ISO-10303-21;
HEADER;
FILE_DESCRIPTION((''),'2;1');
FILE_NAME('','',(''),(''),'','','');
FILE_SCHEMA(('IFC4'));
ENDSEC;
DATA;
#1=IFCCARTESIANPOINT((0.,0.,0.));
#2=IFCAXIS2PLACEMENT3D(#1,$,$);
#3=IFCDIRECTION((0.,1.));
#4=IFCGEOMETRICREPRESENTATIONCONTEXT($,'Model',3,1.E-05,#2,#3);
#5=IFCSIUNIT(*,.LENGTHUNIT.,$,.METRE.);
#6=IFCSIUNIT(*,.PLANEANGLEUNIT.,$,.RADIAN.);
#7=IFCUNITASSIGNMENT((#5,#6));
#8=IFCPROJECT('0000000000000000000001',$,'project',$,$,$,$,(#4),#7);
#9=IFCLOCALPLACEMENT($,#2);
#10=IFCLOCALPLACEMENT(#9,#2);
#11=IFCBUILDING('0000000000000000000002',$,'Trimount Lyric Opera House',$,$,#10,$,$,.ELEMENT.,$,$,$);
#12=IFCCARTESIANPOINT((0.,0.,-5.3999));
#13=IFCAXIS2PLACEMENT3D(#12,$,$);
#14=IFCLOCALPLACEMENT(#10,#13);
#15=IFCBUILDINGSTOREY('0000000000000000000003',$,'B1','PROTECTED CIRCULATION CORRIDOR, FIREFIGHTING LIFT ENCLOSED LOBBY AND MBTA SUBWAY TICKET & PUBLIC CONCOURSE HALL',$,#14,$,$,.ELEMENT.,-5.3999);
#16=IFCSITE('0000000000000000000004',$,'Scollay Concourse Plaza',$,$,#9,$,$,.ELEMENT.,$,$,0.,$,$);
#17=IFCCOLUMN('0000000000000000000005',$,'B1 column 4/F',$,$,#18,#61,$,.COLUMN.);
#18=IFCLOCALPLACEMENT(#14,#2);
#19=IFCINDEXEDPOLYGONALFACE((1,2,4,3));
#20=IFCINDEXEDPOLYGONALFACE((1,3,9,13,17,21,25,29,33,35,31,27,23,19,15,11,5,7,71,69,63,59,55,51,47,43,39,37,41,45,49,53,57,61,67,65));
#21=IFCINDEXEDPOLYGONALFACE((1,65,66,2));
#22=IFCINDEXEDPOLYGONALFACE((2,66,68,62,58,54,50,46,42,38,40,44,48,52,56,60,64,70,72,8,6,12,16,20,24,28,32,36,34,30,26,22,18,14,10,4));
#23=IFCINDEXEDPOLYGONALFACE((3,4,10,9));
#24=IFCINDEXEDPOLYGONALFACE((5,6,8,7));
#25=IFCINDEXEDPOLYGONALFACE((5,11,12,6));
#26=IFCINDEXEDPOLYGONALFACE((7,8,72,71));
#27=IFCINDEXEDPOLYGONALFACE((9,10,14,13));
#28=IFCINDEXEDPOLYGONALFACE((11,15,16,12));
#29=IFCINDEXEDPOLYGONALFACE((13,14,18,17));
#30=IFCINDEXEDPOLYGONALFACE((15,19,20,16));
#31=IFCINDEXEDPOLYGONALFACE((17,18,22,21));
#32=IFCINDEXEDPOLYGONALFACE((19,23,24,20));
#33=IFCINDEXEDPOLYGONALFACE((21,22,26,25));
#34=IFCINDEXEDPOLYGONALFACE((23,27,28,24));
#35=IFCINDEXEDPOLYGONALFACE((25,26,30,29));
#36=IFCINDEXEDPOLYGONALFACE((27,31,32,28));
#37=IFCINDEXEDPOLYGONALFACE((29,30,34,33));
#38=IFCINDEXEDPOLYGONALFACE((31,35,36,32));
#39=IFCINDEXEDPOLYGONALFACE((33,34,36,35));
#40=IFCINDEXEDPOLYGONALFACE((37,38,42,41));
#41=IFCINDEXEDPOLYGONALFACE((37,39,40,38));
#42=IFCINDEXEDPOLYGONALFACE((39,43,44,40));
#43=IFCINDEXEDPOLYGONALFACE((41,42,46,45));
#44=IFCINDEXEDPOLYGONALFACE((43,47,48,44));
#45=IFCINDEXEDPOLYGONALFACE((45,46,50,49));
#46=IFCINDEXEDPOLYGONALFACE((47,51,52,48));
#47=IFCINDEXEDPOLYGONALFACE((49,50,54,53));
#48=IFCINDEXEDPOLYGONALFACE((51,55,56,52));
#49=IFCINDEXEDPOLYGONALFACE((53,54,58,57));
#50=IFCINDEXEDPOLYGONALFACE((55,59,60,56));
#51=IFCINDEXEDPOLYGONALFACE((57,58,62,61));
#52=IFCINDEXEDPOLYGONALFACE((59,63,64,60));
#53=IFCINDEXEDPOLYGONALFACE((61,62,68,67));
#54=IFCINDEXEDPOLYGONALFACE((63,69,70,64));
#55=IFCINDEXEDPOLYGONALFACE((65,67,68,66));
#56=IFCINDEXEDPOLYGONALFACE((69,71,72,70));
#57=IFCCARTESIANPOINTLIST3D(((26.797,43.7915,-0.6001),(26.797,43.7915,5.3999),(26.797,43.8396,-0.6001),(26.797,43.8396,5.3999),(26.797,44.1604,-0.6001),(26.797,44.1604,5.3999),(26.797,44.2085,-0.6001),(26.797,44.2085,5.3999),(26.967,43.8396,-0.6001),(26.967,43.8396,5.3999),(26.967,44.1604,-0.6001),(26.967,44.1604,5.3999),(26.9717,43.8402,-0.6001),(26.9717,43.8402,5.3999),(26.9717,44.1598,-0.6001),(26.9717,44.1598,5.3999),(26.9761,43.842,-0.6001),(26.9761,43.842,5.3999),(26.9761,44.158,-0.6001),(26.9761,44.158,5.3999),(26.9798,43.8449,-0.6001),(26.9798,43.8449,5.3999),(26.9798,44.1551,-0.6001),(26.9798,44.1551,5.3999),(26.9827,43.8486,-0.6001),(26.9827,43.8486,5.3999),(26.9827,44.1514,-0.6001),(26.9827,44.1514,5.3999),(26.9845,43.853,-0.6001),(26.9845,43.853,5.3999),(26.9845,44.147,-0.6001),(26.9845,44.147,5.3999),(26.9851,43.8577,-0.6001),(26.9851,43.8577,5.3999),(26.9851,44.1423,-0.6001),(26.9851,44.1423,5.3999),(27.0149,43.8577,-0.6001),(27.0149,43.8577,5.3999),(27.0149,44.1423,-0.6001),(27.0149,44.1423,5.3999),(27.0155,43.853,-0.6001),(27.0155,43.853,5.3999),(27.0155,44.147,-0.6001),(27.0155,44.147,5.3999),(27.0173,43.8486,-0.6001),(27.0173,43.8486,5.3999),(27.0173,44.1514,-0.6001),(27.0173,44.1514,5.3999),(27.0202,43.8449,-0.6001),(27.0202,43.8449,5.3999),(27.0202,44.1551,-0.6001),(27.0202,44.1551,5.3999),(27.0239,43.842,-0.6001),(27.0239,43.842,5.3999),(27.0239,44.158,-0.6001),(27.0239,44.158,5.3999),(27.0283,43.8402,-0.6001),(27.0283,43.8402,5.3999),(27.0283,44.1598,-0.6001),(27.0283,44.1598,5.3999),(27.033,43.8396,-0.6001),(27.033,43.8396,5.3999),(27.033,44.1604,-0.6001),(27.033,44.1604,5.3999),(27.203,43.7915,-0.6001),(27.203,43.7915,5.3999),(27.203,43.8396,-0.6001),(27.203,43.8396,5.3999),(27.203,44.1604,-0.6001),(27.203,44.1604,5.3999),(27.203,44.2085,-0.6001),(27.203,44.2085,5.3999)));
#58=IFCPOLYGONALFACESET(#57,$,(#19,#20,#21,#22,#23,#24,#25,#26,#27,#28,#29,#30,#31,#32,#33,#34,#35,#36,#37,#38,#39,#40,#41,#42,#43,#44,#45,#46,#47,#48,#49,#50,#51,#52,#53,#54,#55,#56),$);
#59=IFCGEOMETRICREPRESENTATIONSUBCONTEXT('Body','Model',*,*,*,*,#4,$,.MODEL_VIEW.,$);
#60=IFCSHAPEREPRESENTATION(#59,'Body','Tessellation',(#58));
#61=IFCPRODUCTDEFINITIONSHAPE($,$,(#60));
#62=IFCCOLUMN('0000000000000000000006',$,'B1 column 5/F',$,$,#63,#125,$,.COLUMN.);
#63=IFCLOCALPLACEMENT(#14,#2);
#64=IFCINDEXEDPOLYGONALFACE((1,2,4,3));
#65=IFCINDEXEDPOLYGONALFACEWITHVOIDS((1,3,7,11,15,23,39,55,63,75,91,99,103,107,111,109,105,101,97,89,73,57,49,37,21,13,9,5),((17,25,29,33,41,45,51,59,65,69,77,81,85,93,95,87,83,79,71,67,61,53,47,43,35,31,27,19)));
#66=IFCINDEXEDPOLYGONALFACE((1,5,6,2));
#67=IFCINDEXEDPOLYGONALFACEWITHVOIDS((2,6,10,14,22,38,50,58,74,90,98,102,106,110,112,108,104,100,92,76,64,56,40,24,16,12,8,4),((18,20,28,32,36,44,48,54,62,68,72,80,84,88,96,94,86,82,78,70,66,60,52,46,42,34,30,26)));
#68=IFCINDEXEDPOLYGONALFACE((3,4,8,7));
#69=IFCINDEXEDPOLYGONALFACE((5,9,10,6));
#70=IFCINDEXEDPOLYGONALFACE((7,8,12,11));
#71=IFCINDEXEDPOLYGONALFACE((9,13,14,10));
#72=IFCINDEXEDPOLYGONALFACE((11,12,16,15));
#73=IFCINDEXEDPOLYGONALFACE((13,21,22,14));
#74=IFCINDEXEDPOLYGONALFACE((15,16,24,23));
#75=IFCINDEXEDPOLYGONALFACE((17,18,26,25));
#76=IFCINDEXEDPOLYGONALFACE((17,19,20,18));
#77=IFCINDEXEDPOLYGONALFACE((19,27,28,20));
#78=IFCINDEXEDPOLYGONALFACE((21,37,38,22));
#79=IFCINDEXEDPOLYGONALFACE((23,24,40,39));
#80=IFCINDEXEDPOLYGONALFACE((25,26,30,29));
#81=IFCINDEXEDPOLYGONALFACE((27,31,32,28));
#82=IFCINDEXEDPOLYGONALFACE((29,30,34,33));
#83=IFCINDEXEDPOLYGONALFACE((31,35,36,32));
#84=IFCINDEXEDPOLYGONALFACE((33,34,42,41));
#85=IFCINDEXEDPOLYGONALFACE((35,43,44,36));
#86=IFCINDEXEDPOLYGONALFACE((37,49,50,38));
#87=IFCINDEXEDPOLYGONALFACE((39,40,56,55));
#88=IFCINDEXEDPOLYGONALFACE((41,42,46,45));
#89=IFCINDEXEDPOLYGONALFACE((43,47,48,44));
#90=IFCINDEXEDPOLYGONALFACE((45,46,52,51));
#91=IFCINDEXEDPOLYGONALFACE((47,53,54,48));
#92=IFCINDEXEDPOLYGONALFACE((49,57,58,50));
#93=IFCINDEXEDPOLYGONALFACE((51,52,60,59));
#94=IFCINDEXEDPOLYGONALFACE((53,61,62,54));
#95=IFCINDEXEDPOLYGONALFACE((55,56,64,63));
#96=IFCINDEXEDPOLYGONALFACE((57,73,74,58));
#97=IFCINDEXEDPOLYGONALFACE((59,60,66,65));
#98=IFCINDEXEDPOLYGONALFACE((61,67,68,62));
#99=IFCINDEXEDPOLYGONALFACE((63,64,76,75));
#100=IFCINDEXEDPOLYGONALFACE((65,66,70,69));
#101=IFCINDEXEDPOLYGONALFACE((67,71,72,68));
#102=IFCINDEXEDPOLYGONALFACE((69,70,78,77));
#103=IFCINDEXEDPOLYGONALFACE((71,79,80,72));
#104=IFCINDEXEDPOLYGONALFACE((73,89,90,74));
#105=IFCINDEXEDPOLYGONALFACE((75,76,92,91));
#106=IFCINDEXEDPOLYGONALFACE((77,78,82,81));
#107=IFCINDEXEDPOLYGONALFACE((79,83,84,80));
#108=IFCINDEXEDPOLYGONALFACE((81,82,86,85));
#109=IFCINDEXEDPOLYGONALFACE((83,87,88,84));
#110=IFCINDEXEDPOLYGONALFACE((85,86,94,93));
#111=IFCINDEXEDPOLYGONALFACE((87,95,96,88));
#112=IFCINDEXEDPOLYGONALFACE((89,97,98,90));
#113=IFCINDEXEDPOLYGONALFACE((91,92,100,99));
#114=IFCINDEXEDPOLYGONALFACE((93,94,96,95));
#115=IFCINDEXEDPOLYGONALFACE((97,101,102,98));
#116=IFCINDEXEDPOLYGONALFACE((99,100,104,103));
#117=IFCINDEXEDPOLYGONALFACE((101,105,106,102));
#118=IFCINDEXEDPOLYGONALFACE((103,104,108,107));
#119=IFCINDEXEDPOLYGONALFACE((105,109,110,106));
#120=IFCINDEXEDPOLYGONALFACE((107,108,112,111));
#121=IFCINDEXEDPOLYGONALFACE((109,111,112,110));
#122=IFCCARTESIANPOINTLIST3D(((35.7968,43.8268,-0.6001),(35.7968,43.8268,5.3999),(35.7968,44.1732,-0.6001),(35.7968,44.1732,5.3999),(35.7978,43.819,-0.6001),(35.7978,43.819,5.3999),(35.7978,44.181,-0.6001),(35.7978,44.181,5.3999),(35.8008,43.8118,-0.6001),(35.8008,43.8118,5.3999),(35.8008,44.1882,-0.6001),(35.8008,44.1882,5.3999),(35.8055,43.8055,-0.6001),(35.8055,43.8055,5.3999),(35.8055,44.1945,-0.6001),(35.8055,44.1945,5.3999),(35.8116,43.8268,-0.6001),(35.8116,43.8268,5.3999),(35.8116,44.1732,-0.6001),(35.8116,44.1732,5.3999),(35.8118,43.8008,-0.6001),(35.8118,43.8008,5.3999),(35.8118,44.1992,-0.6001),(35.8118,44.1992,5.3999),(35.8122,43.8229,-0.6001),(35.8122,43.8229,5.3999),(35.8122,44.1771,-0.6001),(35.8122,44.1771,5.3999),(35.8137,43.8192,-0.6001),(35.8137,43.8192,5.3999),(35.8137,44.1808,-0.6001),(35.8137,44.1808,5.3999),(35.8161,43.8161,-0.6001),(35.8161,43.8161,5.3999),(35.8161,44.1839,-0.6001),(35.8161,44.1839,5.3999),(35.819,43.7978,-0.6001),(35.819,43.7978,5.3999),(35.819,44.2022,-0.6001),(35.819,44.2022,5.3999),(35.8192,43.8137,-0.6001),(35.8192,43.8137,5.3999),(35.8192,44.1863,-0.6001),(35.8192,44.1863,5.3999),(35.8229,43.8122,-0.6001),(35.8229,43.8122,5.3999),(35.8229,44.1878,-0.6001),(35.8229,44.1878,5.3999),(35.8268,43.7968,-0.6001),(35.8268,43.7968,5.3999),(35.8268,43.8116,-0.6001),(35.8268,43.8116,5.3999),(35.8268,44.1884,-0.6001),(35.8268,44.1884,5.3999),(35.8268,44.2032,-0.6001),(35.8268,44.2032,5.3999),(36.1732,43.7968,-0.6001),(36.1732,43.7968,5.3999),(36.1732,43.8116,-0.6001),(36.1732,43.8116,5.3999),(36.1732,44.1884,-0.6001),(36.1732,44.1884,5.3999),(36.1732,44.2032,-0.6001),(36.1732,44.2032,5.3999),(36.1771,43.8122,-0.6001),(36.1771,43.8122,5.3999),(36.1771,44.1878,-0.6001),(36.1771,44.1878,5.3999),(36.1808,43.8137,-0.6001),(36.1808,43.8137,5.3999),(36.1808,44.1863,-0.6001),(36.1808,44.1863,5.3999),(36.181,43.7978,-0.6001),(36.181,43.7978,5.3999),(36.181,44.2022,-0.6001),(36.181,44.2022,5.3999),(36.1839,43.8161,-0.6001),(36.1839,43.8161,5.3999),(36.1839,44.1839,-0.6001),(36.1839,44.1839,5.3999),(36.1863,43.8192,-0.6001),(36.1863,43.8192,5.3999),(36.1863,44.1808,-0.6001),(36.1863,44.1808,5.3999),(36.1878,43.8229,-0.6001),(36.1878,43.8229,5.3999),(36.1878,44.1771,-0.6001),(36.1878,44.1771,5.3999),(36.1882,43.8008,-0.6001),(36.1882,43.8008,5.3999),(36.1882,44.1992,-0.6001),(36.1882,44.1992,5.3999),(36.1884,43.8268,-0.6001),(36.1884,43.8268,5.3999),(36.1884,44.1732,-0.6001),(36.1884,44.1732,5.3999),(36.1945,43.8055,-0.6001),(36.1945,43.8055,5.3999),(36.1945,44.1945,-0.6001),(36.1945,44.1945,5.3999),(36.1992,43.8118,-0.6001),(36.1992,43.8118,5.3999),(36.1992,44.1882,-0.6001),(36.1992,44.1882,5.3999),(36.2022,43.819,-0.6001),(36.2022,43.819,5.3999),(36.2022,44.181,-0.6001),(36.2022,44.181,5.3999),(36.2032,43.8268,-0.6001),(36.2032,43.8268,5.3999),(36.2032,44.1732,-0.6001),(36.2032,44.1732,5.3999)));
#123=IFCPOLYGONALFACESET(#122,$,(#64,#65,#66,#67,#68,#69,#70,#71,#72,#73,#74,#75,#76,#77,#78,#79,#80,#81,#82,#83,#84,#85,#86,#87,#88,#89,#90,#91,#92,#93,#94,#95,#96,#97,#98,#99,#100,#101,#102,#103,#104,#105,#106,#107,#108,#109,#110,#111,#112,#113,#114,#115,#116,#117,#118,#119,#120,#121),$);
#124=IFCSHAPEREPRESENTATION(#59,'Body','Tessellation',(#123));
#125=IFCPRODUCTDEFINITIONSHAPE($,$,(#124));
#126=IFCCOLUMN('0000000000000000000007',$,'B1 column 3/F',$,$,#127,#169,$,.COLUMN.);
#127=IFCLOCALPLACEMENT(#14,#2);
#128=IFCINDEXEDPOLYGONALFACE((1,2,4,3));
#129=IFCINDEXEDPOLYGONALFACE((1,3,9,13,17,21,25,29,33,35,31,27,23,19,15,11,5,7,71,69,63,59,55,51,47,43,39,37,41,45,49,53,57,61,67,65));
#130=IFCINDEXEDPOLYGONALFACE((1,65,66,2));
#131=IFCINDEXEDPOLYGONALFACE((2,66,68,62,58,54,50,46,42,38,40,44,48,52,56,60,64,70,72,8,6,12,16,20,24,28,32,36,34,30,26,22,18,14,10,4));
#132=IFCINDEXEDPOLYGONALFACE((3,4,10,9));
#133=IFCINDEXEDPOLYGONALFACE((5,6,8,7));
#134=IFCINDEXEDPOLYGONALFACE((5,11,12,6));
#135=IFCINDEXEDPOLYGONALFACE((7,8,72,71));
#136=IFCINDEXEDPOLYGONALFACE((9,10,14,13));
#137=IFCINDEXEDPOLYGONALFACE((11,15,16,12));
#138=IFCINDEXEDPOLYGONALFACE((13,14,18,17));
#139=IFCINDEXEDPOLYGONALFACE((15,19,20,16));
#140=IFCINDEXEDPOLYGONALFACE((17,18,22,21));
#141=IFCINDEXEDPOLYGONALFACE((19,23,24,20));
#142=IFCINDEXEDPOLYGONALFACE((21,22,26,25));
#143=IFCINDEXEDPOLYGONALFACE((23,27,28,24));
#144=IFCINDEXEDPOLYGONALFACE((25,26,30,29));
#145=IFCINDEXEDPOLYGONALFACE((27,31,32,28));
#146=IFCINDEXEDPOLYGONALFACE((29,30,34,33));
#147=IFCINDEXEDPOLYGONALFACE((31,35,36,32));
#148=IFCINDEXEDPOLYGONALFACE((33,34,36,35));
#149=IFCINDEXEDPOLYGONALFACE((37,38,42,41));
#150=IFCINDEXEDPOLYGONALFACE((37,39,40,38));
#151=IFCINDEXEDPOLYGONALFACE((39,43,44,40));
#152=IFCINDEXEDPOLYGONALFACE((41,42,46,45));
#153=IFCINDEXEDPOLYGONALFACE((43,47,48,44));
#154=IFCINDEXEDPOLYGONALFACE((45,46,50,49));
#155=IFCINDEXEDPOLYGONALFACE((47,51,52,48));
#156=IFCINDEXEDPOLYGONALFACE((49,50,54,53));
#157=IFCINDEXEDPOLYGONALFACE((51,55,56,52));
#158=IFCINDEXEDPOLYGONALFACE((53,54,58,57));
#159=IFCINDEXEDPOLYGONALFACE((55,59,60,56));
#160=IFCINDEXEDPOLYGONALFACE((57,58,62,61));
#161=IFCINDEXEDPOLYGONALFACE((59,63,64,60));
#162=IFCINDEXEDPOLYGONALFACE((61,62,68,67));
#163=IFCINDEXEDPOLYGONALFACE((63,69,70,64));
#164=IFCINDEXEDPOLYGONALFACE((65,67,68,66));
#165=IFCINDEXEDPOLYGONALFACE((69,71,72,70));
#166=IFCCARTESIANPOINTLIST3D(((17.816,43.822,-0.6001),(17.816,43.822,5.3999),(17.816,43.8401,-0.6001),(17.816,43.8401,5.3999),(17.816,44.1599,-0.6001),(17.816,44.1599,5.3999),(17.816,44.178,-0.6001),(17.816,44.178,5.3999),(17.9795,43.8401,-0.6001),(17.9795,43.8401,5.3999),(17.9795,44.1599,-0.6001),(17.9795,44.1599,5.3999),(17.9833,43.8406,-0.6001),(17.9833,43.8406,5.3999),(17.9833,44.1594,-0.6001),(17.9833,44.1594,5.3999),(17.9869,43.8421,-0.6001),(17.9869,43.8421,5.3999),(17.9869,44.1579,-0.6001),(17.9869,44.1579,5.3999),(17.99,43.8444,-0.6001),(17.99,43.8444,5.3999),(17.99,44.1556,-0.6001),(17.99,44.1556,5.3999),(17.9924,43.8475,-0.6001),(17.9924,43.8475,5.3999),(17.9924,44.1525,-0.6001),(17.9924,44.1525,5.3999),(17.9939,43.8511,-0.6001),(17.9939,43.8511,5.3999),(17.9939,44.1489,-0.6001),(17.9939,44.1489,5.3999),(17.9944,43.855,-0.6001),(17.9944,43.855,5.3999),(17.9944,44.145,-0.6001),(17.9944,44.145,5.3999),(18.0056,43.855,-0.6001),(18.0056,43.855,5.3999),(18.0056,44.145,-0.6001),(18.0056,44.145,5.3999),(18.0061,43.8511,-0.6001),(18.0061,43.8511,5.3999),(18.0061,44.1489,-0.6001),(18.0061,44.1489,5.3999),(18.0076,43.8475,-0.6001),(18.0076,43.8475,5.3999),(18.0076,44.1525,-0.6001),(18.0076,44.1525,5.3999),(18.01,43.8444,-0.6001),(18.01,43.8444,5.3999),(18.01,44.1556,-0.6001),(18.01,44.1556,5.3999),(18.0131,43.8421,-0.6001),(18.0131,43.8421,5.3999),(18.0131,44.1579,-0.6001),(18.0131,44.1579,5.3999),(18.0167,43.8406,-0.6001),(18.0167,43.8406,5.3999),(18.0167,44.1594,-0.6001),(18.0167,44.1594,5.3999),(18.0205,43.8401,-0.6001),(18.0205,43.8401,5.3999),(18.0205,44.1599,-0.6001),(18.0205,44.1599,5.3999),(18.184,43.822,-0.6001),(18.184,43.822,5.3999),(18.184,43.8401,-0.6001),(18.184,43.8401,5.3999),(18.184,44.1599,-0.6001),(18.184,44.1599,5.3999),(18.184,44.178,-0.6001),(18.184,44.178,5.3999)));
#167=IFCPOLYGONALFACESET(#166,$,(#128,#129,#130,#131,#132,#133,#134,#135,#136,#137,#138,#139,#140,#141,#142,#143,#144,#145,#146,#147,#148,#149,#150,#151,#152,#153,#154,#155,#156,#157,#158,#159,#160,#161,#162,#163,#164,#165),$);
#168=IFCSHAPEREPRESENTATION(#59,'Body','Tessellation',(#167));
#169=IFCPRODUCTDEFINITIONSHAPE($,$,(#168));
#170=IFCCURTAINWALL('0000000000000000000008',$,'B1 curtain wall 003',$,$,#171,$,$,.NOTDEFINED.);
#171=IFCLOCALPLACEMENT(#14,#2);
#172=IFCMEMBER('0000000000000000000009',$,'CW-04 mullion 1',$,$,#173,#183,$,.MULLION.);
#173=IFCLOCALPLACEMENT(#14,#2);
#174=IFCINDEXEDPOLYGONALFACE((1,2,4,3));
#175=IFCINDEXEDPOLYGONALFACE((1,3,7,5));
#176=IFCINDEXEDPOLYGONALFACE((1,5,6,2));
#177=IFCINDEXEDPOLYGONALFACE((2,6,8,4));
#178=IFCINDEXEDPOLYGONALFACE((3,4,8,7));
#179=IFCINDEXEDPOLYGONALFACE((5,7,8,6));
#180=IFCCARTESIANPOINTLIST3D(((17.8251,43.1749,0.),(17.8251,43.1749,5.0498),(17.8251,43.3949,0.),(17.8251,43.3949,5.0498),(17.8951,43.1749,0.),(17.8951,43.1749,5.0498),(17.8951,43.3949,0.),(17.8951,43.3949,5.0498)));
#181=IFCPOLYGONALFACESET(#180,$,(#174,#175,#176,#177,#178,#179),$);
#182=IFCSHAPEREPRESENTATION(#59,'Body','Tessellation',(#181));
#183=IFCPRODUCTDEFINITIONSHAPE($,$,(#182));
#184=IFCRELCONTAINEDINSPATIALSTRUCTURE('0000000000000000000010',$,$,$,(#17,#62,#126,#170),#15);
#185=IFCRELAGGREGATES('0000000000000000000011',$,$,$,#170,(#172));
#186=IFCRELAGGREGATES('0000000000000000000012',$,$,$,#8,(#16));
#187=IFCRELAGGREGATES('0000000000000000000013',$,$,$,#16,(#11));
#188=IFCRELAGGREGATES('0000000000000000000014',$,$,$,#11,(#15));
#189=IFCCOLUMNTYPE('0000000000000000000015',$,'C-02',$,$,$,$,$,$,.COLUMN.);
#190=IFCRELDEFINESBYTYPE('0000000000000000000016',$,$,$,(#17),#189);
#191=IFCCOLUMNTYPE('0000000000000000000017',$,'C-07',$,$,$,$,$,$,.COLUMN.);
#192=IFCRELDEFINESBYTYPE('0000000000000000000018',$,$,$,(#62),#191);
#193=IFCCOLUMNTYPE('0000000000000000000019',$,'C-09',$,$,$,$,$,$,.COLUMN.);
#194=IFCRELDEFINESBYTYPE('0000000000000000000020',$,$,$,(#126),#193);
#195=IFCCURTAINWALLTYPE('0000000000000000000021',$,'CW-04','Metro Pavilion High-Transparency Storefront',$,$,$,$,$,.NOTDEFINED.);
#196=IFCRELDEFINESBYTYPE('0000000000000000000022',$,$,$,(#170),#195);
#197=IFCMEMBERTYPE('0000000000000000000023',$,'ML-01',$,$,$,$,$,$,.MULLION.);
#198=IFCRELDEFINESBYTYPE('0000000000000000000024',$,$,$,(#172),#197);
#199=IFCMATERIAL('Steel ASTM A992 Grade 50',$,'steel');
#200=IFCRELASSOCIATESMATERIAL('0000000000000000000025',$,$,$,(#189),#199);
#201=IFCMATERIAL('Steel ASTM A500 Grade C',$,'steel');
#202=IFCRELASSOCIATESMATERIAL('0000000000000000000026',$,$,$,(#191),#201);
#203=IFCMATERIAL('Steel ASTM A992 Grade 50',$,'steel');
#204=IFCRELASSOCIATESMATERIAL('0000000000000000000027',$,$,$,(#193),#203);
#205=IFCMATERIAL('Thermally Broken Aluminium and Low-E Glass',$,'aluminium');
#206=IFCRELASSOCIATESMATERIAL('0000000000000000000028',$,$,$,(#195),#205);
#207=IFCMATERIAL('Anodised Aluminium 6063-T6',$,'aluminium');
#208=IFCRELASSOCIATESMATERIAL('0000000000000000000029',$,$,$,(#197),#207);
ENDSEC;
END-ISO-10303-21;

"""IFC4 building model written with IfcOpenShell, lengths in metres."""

from ifc_helpers import new_model, si_unit, direction, frame, origin, origin_2d, place, context, subcontext, project, spatial, rectangle, hollow_rectangle, i_section, extrude, material, material_profile, profile_set, type_object, element, aggregate, save


model = new_model("IFC4")

# Units and contexts
model_context = context("Model", 3, precision=1e-05, world=origin(), true_north=direction((0.0, 1.0)))
body_context = subcontext(model_context, "Body", "Model", "MODEL_VIEW")
ifc_project = project(units=[si_unit("LENGTHUNIT", "METRE"), si_unit("PLANEANGLEUNIT", "RADIAN")], contexts=[model_context])

# Site, building, storey
site_placement = place(None, origin())
site = spatial("IfcSite", under=ifc_project, at=site_placement, Name="Scollay Concourse Plaza", CompositionType="ELEMENT", RefElevation=0.0)
building_placement = place(site_placement, origin())
building = spatial("IfcBuilding", under=site, at=building_placement, Name="Trimount Lyric Opera House", CompositionType="ELEMENT")
storey_placement = place(building_placement, frame((0.0, 0.0, -5.3999)))
storey = spatial("IfcBuildingStorey", under=building, at=storey_placement, Name="B1", Description="PROTECTED CIRCULATION CORRIDOR, FIREFIGHTING LIFT ENCLOSED LOBBY AND MBTA SUBWAY TICKET & PUBLIC CONCOURSE HALL", CompositionType="ELEMENT", Elevation=-5.3999)

# Columns
ifc_material_1 = material(Name="Steel ASTM A992 Grade 50", Category="steel")
ifc_material_profile_1 = material_profile(ifc_material_1, i_section(OverallWidth=0.406, OverallDepth=0.417, WebThickness=0.0298, FlangeThickness=0.0481, FilletRadius=0.0181, at=origin_2d()), Name="W14X257")
ifc_profile_set_1 = profile_set([ifc_material_profile_1], Name="Steel ASTM A992 Grade 50")
column_type_1 = type_object("IfcColumnType", Name="C-02", PredefinedType="COLUMN", material=ifc_profile_set_1)
column_1_placement = place(storey_placement, frame((27.0, 44.0, -0.6001), z_axis=(0.0, 0.0, 1.0), x_axis=(1.0, 0.0, 0.0)))
element("IfcColumn", 1, at=column_1_placement, inside=storey, type_object=column_type_1, Name="B1 column 4/F", PredefinedType="COLUMN", context=body_context, shape_type="SweptSolid", body=[
    extrude(i_section(OverallWidth=0.406, OverallDepth=0.417, WebThickness=0.0298, FlangeThickness=0.0481, FilletRadius=0.0181, at=origin_2d()), origin(), (0.0, 0.0, 1.0), 6.0),
])
ifc_material_2 = material(Name="Steel ASTM A500 Grade C", Category="steel")
ifc_material_profile_2 = material_profile(ifc_material_2, hollow_rectangle(XDim=0.4065, YDim=0.4065, WallThickness=0.0149, InnerFilletRadius=0.0151, OuterFilletRadius=0.03, at=origin_2d()), Name="HSS406.4X406.4X15.9")
ifc_profile_set_2 = profile_set([ifc_material_profile_2], Name="Steel ASTM A500 Grade C")
column_type_2 = type_object("IfcColumnType", Name="C-07", PredefinedType="COLUMN", material=ifc_profile_set_2)
column_2_placement = place(storey_placement, frame((36.0, 44.0, -0.6001), z_axis=(0.0, 0.0, 1.0), x_axis=(1.0, 0.0, 0.0)))
element("IfcColumn", 2, at=column_2_placement, inside=storey, type_object=column_type_2, Name="B1 column 5/F", PredefinedType="COLUMN", context=body_context, shape_type="SweptSolid", body=[
    extrude(hollow_rectangle(XDim=0.4065, YDim=0.4065, WallThickness=0.0149, InnerFilletRadius=0.0151, OuterFilletRadius=0.03, at=origin_2d()), origin(), (0.0, 0.0, 1.0), 6.0),
])
ifc_material_3 = material(Name="Steel ASTM A992 Grade 50", Category="steel")
ifc_material_profile_3 = material_profile(ifc_material_3, i_section(OverallWidth=0.3679, OverallDepth=0.356, WebThickness=0.0112, FlangeThickness=0.0181, FilletRadius=0.0149, at=origin_2d()), Name="W14X90")
ifc_profile_set_3 = profile_set([ifc_material_profile_3], Name="Steel ASTM A992 Grade 50")
column_type_3 = type_object("IfcColumnType", Name="C-09", PredefinedType="COLUMN", material=ifc_profile_set_3)
column_3_placement = place(storey_placement, frame((18.0, 44.0, -0.6001), z_axis=(0.0, 0.0, 1.0), x_axis=(1.0, 0.0, 0.0)))
element("IfcColumn", 3, at=column_3_placement, inside=storey, type_object=column_type_3, Name="B1 column 3/F", PredefinedType="COLUMN", context=body_context, shape_type="SweptSolid", body=[
    extrude(i_section(OverallWidth=0.3679, OverallDepth=0.356, WebThickness=0.0112, FlangeThickness=0.0181, FilletRadius=0.0149, at=origin_2d()), origin(), (0.0, 0.0, 1.0), 6.0),
])

# Curtain wall, member
ifc_material_4 = material(Name="Thermally Broken Aluminium and Low-E Glass", Category="aluminium")
curtain_wall_type = type_object("IfcCurtainWallType", Name="CW-04", Description="Metro Pavilion High-Transparency Storefront", PredefinedType="NOTDEFINED", material=ifc_material_4)
curtain_wall_1_placement = place(storey_placement, origin())
curtain_wall_1 = element("IfcCurtainWall", 4, at=curtain_wall_1_placement, inside=storey, type_object=curtain_wall_type, Name="B1 curtain wall 003", PredefinedType="NOTDEFINED")
ifc_material_5 = material(Name="Anodised Aluminium 6063-T6", Category="aluminium")
ifc_material_profile_4 = material_profile(ifc_material_5, rectangle(XDim=0.0701, YDim=0.22, at=origin_2d()), Name="ALU-MULL-70X220")
ifc_profile_set_4 = profile_set([ifc_material_profile_4], Name="Anodised Aluminium 6063-T6")
member_type_1 = type_object("IfcMemberType", Name="ML-01", PredefinedType="MULLION", material=ifc_profile_set_4)
member_1_placement = place(storey_placement, frame((17.8601, 43.2849, 0.0), z_axis=(0.0, 0.0, 1.0), x_axis=(1.0, 0.0, 0.0)))
member_1 = element("IfcMember", 5, at=member_1_placement, type_object=member_type_1, Name="CW-04 mullion 1", PredefinedType="MULLION", context=body_context, shape_type="SweptSolid", body=[
    extrude(rectangle(XDim=0.0701, YDim=0.22, at=origin_2d()), origin(), (0.0, 0.0, 1.0), 5.0498),
])

aggregate(curtain_wall_1, [member_1])

save(model, "model.ifc")
